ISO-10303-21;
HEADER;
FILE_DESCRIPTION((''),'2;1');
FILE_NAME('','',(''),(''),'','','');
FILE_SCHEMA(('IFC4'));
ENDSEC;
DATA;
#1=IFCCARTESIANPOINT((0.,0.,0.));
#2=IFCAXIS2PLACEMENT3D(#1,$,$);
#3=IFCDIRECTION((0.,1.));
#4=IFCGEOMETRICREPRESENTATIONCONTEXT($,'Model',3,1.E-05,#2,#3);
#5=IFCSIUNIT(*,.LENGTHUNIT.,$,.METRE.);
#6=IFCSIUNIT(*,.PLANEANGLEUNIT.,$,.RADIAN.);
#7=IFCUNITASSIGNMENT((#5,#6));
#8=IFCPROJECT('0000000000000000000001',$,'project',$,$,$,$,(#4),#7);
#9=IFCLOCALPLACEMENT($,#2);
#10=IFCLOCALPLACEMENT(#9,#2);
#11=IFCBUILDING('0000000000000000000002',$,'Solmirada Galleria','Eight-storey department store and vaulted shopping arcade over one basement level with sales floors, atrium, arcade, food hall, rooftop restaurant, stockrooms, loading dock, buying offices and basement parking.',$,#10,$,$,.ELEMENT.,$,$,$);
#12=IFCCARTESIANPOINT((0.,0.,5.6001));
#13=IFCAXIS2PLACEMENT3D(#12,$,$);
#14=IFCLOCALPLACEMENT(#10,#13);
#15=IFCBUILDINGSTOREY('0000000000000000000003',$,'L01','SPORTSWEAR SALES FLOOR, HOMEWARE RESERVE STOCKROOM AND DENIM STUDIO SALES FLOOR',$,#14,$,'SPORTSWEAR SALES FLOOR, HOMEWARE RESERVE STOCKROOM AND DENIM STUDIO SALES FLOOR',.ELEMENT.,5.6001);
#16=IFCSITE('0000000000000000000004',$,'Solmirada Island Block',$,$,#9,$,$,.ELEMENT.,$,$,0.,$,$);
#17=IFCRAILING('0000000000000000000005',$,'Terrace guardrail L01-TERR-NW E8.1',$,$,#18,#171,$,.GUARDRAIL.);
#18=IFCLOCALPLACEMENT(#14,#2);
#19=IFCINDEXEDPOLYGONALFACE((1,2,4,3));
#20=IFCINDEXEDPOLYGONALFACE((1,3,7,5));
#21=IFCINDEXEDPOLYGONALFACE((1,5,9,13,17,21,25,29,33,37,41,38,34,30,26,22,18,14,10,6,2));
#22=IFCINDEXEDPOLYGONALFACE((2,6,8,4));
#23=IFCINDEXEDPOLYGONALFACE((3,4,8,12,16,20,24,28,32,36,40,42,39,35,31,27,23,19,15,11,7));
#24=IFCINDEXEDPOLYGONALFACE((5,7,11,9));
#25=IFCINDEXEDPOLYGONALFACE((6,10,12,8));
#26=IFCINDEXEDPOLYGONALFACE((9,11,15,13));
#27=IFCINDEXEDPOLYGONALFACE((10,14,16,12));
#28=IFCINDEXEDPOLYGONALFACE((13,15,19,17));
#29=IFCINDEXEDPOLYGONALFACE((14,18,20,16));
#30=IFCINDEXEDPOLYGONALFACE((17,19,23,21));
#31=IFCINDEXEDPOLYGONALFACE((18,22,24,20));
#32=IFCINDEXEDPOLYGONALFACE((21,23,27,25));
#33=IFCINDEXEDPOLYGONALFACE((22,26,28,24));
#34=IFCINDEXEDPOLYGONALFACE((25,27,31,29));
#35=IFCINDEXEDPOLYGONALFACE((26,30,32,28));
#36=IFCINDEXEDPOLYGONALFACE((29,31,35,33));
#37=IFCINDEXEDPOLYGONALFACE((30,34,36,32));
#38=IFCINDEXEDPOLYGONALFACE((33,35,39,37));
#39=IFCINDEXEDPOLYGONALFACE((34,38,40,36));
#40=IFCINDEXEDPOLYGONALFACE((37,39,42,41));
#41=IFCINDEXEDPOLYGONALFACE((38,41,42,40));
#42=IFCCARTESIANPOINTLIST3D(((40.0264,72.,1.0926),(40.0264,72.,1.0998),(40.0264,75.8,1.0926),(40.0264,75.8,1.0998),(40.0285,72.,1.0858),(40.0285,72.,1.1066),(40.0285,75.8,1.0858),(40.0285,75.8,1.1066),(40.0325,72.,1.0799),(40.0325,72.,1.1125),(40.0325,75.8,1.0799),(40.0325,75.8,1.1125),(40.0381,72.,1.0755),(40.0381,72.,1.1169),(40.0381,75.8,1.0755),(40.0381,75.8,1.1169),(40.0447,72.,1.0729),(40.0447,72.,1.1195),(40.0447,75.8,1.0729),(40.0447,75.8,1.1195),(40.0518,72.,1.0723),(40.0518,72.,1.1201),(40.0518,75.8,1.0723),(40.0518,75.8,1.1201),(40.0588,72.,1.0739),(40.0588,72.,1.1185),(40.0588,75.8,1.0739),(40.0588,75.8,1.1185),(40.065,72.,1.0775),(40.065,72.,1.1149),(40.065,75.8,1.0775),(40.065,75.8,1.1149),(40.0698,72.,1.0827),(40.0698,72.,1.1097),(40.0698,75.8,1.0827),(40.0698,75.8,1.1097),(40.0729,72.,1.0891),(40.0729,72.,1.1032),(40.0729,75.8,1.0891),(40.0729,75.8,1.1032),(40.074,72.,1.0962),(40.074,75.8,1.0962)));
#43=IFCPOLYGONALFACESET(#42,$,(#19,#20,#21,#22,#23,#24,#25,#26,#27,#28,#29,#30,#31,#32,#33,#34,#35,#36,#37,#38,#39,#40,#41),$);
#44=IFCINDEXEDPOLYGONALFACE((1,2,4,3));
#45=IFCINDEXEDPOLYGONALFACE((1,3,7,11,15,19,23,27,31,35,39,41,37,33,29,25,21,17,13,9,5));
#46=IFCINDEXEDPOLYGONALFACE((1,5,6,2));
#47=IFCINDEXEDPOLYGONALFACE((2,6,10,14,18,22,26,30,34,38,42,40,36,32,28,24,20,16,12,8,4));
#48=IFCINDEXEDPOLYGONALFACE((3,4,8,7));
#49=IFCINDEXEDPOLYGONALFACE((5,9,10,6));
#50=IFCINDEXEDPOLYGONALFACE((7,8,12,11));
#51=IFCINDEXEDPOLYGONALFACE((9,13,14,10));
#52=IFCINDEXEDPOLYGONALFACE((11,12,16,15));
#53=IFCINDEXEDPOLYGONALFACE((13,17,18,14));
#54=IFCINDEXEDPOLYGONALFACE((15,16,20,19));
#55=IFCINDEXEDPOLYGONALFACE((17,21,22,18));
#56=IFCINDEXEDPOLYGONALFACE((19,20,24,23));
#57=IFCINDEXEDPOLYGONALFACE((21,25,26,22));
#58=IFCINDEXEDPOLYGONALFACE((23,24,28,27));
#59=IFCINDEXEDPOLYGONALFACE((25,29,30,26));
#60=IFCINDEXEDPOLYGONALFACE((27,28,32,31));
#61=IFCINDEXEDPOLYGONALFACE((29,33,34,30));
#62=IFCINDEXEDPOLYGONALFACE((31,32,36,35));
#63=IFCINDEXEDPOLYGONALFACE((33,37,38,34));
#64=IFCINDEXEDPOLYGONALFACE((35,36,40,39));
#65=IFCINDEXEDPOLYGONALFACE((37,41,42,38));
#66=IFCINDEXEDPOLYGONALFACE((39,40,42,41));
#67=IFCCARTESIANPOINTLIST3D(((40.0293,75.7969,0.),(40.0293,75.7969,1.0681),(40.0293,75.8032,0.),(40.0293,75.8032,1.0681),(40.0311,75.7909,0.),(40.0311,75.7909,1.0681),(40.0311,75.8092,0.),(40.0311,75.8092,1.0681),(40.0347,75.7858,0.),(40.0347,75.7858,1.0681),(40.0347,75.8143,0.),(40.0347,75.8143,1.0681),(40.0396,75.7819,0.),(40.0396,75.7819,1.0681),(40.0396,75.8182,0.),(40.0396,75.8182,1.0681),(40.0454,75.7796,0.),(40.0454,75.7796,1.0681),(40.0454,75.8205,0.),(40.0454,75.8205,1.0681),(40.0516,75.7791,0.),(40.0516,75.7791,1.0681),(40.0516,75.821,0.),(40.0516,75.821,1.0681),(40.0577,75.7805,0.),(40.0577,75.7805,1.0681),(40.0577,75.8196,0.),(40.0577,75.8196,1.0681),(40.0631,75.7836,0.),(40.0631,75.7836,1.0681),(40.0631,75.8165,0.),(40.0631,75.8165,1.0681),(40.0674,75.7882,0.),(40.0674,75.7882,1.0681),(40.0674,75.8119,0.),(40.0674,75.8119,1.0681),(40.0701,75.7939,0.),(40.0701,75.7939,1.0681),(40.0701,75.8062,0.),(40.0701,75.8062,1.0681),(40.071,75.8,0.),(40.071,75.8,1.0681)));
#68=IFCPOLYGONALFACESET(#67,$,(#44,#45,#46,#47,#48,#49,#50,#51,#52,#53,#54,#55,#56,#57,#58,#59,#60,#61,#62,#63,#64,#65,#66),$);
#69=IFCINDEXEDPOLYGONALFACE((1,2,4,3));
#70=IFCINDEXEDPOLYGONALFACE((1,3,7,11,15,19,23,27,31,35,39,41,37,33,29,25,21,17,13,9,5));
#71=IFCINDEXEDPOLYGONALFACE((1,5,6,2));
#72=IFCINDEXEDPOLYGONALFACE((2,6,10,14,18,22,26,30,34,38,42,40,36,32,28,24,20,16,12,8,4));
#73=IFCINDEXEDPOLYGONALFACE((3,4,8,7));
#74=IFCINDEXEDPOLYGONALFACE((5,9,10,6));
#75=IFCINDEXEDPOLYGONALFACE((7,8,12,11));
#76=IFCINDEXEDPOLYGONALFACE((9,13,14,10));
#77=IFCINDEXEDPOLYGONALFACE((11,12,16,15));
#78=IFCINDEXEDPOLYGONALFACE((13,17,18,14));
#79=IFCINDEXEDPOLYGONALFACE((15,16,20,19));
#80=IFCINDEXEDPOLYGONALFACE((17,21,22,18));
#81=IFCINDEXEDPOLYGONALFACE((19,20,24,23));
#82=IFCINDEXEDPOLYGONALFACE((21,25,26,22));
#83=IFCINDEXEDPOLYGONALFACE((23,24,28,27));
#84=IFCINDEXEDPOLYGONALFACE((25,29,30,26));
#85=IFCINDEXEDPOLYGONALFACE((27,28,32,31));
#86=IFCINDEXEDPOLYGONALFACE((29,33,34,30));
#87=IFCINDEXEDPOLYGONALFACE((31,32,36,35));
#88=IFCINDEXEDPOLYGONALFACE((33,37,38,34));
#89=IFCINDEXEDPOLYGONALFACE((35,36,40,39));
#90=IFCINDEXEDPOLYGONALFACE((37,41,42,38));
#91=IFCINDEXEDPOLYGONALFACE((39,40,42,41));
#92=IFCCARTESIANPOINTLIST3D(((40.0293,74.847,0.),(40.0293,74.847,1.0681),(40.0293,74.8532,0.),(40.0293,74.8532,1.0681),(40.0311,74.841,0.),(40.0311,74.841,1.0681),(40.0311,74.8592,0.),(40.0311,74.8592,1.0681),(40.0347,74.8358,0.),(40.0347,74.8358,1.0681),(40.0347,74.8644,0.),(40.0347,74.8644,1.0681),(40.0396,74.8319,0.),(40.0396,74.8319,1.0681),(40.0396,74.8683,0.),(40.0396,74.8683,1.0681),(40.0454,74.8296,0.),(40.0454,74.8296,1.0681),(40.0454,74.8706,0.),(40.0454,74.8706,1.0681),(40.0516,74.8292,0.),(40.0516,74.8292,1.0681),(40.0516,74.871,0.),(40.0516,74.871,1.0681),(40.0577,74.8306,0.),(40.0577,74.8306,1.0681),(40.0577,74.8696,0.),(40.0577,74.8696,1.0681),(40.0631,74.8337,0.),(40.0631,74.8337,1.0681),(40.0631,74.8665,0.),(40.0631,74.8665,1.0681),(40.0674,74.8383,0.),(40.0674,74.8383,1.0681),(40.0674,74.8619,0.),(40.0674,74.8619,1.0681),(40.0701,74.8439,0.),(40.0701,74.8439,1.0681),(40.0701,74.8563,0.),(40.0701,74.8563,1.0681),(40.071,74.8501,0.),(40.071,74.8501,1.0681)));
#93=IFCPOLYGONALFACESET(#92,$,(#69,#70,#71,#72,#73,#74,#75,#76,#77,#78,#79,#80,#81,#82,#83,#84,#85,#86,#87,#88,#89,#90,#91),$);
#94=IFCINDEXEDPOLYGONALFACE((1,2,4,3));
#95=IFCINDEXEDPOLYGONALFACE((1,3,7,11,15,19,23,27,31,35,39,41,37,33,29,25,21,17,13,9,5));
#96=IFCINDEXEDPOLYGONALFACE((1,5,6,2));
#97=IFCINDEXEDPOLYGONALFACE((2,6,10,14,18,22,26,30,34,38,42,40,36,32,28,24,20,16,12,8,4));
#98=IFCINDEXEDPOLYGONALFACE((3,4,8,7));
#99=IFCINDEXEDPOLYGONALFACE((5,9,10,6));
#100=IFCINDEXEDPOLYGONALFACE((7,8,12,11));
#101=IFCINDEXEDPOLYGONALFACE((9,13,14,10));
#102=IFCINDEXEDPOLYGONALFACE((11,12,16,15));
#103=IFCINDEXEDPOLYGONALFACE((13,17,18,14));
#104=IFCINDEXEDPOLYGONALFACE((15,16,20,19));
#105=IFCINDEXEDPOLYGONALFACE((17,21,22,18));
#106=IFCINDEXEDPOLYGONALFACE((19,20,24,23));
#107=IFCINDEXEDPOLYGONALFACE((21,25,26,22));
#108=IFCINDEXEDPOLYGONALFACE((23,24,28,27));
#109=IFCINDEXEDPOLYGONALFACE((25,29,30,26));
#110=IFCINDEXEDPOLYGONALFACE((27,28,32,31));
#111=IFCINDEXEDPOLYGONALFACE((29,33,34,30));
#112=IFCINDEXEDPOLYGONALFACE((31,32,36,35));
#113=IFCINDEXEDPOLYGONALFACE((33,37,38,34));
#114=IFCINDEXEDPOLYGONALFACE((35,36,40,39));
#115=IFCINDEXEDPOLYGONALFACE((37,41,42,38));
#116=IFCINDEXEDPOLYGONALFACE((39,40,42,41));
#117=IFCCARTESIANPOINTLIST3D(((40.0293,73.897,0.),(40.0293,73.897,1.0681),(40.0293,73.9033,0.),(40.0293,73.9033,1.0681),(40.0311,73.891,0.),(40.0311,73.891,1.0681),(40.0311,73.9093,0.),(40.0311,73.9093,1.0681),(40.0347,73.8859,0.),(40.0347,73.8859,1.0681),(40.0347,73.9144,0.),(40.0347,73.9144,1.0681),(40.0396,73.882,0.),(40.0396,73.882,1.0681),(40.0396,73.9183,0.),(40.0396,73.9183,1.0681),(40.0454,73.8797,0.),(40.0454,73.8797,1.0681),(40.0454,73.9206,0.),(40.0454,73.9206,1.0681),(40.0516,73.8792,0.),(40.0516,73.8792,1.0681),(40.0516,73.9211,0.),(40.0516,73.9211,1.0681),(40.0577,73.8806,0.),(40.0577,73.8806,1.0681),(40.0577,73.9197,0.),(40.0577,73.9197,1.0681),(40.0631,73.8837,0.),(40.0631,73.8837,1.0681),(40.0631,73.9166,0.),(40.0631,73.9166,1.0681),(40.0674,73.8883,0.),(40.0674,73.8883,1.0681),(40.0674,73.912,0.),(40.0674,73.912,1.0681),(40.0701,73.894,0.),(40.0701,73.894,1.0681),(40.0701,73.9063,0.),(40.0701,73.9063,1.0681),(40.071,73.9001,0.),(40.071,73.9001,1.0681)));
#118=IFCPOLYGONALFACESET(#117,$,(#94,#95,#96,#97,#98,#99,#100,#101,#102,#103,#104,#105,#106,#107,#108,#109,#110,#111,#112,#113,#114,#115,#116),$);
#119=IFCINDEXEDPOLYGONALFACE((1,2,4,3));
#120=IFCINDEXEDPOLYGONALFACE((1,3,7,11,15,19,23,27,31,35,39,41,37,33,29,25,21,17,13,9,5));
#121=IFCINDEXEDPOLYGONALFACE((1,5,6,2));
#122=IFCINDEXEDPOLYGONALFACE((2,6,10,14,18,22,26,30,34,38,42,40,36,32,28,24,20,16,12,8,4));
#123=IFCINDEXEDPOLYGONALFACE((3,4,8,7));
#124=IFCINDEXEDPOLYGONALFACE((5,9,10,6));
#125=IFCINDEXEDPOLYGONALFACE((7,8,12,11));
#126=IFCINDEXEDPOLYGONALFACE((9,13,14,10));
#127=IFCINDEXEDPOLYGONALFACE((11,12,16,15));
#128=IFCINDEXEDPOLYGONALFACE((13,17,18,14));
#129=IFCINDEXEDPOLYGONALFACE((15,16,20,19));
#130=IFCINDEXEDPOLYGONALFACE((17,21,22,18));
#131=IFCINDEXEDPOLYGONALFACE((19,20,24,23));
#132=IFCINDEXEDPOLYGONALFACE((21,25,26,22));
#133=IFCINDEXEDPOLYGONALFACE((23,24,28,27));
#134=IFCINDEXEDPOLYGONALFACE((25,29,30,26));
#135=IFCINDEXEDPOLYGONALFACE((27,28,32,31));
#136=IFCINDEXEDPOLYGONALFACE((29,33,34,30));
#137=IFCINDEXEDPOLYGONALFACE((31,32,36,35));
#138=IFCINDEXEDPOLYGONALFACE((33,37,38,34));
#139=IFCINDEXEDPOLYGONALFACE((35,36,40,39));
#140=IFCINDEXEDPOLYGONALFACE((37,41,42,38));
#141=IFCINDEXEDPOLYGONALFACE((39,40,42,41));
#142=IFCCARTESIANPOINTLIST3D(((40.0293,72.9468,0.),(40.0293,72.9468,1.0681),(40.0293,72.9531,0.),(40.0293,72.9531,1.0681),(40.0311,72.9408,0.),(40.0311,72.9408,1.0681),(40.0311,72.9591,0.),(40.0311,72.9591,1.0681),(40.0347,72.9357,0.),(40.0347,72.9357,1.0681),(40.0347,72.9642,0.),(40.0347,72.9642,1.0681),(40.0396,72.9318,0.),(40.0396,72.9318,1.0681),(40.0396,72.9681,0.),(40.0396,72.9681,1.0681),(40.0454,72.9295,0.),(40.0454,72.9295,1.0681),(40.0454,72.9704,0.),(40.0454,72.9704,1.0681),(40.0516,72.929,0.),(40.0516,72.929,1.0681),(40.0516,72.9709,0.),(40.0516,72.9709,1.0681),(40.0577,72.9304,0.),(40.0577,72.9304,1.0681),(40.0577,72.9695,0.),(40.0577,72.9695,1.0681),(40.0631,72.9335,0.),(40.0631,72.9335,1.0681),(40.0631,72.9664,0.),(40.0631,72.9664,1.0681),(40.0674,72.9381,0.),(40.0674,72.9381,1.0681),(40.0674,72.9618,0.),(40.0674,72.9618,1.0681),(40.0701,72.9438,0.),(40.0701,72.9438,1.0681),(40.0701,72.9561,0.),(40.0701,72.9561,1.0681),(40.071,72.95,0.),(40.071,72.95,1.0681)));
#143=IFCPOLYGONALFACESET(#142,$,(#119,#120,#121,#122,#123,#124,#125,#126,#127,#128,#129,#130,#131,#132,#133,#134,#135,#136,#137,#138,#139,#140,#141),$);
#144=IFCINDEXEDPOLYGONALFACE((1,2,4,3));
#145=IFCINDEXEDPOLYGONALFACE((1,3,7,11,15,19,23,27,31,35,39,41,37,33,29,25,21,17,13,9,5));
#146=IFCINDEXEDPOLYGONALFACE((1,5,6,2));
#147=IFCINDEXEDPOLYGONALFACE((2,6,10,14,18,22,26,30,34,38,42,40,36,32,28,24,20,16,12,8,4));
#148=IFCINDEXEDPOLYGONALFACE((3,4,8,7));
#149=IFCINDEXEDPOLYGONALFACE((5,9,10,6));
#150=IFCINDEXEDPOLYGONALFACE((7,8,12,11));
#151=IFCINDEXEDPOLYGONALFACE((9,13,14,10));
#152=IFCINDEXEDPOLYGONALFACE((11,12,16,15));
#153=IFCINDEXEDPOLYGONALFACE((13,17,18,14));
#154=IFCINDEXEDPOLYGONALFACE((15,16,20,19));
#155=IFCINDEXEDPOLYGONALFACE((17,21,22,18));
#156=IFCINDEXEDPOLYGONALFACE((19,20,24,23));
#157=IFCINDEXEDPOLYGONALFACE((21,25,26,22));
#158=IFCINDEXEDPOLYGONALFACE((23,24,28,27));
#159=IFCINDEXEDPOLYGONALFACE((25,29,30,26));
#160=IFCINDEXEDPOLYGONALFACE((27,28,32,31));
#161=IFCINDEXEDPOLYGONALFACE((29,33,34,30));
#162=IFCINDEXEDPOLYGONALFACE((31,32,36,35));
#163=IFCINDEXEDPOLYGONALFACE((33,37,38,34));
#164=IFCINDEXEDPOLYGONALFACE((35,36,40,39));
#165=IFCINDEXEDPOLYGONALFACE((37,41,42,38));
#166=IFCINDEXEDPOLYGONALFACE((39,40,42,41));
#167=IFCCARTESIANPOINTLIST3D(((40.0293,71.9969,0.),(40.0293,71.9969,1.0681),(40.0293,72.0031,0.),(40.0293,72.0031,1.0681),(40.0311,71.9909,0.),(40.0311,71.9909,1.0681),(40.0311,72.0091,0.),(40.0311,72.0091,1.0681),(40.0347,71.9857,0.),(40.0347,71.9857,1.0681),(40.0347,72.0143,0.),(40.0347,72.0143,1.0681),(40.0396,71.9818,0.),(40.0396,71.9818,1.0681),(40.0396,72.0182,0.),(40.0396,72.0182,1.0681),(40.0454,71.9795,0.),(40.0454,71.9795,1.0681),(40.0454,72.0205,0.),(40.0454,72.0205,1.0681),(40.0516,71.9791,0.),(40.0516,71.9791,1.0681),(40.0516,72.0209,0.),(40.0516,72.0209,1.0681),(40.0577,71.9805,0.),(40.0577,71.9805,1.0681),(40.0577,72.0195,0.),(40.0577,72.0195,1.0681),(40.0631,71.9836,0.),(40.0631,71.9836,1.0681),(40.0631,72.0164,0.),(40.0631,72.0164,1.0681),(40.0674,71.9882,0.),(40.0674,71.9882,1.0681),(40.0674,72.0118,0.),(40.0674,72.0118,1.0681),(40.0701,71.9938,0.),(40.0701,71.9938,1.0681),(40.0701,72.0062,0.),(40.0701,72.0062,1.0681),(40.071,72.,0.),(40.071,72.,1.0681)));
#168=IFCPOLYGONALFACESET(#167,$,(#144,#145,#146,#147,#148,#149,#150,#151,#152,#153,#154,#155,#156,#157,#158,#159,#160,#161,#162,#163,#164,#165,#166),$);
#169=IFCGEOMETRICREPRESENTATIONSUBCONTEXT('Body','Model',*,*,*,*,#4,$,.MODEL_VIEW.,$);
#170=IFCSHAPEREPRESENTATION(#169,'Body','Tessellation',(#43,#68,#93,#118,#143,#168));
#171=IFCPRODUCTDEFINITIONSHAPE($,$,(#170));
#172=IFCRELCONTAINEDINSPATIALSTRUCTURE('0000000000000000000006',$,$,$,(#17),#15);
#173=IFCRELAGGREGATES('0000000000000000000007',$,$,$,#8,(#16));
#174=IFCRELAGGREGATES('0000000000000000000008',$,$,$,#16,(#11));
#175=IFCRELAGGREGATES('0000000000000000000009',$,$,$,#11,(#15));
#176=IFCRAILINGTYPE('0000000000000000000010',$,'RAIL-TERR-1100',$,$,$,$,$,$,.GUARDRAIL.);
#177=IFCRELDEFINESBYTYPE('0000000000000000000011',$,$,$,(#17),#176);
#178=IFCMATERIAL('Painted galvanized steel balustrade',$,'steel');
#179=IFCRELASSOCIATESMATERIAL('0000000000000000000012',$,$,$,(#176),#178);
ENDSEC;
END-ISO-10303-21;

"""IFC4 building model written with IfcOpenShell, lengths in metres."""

from ifc_helpers import new_model, si_unit, direction, frame, origin, origin_2d, place, context, subcontext, project, spatial, circle, extrude, material, type_object, element, save


model = new_model("IFC4")

# Units and contexts
model_context = context("Model", 3, precision=1e-05, world=origin(), true_north=direction((0.0, 1.0)))
body_context = subcontext(model_context, "Body", "Model", "MODEL_VIEW")
ifc_project = project(units=[si_unit("LENGTHUNIT", "METRE"), si_unit("PLANEANGLEUNIT", "RADIAN")], contexts=[model_context])

# Site, building, storey
site_placement = place(None, origin())
site = spatial("IfcSite", under=ifc_project, at=site_placement, Name="Solmirada Island Block", CompositionType="ELEMENT", RefElevation=0.0)
building_placement = place(site_placement, origin())
building = spatial("IfcBuilding", under=site, at=building_placement, Name="Solmirada Galleria", Description="Eight-storey department store and vaulted shopping arcade over one basement level with sales floors, atrium, arcade, food hall, rooftop restaurant, stockrooms, loading dock, buying offices and basement parking.", CompositionType="ELEMENT")
storey_placement = place(building_placement, frame((0.0, 0.0, 5.6001)))
storey = spatial("IfcBuildingStorey", under=building, at=storey_placement, Name="L01", Description="SPORTSWEAR SALES FLOOR, HOMEWARE RESERVE STOCKROOM AND DENIM STUDIO SALES FLOOR", LongName="SPORTSWEAR SALES FLOOR, HOMEWARE RESERVE STOCKROOM AND DENIM STUDIO SALES FLOOR", CompositionType="ELEMENT", Elevation=5.6001)

# Railing
ifc_material_1 = material(Name="Painted galvanized steel balustrade", Category="steel")
railing_type = type_object("IfcRailingType", Name="RAIL-TERR-1100", PredefinedType="GUARDRAIL", material=ifc_material_1)
railing_1_placement = place(storey_placement, frame((40.05, 75.8, 0.0)))
element("IfcRailing", 1, at=railing_1_placement, inside=storey, type_object=railing_type, Name="Terrace guardrail L01-TERR-NW E8.1", PredefinedType="GUARDRAIL", context=body_context, shape_type="SweptSolid", body=[
    extrude(circle(Radius=0.0239, at=origin_2d()), frame((0.0, 0.0, 1.0962), z_axis=(0.0, -1.0, 0.0), x_axis=(1.0, 0.0, 0.0)), (0.0, 0.0, 1.0), 3.8),
    extrude(circle(Radius=0.021, at=origin_2d()), origin(), (0.0, 0.0, 1.0), 1.0681),
    extrude(circle(Radius=0.021, at=origin_2d()), frame((0.0, -0.95, 0.0)), (0.0, 0.0, 1.0), 1.0681),
    extrude(circle(Radius=0.021, at=origin_2d()), frame((0.0, -1.8999, 0.0)), (0.0, 0.0, 1.0), 1.0681),
    extrude(circle(Radius=0.021, at=origin_2d()), frame((0.0, -2.8501, 0.0)), (0.0, 0.0, 1.0), 1.0681),
    extrude(circle(Radius=0.021, at=origin_2d()), frame((0.0, -3.8, 0.0)), (0.0, 0.0, 1.0), 1.0681),
])

save(model, "model.ifc")
